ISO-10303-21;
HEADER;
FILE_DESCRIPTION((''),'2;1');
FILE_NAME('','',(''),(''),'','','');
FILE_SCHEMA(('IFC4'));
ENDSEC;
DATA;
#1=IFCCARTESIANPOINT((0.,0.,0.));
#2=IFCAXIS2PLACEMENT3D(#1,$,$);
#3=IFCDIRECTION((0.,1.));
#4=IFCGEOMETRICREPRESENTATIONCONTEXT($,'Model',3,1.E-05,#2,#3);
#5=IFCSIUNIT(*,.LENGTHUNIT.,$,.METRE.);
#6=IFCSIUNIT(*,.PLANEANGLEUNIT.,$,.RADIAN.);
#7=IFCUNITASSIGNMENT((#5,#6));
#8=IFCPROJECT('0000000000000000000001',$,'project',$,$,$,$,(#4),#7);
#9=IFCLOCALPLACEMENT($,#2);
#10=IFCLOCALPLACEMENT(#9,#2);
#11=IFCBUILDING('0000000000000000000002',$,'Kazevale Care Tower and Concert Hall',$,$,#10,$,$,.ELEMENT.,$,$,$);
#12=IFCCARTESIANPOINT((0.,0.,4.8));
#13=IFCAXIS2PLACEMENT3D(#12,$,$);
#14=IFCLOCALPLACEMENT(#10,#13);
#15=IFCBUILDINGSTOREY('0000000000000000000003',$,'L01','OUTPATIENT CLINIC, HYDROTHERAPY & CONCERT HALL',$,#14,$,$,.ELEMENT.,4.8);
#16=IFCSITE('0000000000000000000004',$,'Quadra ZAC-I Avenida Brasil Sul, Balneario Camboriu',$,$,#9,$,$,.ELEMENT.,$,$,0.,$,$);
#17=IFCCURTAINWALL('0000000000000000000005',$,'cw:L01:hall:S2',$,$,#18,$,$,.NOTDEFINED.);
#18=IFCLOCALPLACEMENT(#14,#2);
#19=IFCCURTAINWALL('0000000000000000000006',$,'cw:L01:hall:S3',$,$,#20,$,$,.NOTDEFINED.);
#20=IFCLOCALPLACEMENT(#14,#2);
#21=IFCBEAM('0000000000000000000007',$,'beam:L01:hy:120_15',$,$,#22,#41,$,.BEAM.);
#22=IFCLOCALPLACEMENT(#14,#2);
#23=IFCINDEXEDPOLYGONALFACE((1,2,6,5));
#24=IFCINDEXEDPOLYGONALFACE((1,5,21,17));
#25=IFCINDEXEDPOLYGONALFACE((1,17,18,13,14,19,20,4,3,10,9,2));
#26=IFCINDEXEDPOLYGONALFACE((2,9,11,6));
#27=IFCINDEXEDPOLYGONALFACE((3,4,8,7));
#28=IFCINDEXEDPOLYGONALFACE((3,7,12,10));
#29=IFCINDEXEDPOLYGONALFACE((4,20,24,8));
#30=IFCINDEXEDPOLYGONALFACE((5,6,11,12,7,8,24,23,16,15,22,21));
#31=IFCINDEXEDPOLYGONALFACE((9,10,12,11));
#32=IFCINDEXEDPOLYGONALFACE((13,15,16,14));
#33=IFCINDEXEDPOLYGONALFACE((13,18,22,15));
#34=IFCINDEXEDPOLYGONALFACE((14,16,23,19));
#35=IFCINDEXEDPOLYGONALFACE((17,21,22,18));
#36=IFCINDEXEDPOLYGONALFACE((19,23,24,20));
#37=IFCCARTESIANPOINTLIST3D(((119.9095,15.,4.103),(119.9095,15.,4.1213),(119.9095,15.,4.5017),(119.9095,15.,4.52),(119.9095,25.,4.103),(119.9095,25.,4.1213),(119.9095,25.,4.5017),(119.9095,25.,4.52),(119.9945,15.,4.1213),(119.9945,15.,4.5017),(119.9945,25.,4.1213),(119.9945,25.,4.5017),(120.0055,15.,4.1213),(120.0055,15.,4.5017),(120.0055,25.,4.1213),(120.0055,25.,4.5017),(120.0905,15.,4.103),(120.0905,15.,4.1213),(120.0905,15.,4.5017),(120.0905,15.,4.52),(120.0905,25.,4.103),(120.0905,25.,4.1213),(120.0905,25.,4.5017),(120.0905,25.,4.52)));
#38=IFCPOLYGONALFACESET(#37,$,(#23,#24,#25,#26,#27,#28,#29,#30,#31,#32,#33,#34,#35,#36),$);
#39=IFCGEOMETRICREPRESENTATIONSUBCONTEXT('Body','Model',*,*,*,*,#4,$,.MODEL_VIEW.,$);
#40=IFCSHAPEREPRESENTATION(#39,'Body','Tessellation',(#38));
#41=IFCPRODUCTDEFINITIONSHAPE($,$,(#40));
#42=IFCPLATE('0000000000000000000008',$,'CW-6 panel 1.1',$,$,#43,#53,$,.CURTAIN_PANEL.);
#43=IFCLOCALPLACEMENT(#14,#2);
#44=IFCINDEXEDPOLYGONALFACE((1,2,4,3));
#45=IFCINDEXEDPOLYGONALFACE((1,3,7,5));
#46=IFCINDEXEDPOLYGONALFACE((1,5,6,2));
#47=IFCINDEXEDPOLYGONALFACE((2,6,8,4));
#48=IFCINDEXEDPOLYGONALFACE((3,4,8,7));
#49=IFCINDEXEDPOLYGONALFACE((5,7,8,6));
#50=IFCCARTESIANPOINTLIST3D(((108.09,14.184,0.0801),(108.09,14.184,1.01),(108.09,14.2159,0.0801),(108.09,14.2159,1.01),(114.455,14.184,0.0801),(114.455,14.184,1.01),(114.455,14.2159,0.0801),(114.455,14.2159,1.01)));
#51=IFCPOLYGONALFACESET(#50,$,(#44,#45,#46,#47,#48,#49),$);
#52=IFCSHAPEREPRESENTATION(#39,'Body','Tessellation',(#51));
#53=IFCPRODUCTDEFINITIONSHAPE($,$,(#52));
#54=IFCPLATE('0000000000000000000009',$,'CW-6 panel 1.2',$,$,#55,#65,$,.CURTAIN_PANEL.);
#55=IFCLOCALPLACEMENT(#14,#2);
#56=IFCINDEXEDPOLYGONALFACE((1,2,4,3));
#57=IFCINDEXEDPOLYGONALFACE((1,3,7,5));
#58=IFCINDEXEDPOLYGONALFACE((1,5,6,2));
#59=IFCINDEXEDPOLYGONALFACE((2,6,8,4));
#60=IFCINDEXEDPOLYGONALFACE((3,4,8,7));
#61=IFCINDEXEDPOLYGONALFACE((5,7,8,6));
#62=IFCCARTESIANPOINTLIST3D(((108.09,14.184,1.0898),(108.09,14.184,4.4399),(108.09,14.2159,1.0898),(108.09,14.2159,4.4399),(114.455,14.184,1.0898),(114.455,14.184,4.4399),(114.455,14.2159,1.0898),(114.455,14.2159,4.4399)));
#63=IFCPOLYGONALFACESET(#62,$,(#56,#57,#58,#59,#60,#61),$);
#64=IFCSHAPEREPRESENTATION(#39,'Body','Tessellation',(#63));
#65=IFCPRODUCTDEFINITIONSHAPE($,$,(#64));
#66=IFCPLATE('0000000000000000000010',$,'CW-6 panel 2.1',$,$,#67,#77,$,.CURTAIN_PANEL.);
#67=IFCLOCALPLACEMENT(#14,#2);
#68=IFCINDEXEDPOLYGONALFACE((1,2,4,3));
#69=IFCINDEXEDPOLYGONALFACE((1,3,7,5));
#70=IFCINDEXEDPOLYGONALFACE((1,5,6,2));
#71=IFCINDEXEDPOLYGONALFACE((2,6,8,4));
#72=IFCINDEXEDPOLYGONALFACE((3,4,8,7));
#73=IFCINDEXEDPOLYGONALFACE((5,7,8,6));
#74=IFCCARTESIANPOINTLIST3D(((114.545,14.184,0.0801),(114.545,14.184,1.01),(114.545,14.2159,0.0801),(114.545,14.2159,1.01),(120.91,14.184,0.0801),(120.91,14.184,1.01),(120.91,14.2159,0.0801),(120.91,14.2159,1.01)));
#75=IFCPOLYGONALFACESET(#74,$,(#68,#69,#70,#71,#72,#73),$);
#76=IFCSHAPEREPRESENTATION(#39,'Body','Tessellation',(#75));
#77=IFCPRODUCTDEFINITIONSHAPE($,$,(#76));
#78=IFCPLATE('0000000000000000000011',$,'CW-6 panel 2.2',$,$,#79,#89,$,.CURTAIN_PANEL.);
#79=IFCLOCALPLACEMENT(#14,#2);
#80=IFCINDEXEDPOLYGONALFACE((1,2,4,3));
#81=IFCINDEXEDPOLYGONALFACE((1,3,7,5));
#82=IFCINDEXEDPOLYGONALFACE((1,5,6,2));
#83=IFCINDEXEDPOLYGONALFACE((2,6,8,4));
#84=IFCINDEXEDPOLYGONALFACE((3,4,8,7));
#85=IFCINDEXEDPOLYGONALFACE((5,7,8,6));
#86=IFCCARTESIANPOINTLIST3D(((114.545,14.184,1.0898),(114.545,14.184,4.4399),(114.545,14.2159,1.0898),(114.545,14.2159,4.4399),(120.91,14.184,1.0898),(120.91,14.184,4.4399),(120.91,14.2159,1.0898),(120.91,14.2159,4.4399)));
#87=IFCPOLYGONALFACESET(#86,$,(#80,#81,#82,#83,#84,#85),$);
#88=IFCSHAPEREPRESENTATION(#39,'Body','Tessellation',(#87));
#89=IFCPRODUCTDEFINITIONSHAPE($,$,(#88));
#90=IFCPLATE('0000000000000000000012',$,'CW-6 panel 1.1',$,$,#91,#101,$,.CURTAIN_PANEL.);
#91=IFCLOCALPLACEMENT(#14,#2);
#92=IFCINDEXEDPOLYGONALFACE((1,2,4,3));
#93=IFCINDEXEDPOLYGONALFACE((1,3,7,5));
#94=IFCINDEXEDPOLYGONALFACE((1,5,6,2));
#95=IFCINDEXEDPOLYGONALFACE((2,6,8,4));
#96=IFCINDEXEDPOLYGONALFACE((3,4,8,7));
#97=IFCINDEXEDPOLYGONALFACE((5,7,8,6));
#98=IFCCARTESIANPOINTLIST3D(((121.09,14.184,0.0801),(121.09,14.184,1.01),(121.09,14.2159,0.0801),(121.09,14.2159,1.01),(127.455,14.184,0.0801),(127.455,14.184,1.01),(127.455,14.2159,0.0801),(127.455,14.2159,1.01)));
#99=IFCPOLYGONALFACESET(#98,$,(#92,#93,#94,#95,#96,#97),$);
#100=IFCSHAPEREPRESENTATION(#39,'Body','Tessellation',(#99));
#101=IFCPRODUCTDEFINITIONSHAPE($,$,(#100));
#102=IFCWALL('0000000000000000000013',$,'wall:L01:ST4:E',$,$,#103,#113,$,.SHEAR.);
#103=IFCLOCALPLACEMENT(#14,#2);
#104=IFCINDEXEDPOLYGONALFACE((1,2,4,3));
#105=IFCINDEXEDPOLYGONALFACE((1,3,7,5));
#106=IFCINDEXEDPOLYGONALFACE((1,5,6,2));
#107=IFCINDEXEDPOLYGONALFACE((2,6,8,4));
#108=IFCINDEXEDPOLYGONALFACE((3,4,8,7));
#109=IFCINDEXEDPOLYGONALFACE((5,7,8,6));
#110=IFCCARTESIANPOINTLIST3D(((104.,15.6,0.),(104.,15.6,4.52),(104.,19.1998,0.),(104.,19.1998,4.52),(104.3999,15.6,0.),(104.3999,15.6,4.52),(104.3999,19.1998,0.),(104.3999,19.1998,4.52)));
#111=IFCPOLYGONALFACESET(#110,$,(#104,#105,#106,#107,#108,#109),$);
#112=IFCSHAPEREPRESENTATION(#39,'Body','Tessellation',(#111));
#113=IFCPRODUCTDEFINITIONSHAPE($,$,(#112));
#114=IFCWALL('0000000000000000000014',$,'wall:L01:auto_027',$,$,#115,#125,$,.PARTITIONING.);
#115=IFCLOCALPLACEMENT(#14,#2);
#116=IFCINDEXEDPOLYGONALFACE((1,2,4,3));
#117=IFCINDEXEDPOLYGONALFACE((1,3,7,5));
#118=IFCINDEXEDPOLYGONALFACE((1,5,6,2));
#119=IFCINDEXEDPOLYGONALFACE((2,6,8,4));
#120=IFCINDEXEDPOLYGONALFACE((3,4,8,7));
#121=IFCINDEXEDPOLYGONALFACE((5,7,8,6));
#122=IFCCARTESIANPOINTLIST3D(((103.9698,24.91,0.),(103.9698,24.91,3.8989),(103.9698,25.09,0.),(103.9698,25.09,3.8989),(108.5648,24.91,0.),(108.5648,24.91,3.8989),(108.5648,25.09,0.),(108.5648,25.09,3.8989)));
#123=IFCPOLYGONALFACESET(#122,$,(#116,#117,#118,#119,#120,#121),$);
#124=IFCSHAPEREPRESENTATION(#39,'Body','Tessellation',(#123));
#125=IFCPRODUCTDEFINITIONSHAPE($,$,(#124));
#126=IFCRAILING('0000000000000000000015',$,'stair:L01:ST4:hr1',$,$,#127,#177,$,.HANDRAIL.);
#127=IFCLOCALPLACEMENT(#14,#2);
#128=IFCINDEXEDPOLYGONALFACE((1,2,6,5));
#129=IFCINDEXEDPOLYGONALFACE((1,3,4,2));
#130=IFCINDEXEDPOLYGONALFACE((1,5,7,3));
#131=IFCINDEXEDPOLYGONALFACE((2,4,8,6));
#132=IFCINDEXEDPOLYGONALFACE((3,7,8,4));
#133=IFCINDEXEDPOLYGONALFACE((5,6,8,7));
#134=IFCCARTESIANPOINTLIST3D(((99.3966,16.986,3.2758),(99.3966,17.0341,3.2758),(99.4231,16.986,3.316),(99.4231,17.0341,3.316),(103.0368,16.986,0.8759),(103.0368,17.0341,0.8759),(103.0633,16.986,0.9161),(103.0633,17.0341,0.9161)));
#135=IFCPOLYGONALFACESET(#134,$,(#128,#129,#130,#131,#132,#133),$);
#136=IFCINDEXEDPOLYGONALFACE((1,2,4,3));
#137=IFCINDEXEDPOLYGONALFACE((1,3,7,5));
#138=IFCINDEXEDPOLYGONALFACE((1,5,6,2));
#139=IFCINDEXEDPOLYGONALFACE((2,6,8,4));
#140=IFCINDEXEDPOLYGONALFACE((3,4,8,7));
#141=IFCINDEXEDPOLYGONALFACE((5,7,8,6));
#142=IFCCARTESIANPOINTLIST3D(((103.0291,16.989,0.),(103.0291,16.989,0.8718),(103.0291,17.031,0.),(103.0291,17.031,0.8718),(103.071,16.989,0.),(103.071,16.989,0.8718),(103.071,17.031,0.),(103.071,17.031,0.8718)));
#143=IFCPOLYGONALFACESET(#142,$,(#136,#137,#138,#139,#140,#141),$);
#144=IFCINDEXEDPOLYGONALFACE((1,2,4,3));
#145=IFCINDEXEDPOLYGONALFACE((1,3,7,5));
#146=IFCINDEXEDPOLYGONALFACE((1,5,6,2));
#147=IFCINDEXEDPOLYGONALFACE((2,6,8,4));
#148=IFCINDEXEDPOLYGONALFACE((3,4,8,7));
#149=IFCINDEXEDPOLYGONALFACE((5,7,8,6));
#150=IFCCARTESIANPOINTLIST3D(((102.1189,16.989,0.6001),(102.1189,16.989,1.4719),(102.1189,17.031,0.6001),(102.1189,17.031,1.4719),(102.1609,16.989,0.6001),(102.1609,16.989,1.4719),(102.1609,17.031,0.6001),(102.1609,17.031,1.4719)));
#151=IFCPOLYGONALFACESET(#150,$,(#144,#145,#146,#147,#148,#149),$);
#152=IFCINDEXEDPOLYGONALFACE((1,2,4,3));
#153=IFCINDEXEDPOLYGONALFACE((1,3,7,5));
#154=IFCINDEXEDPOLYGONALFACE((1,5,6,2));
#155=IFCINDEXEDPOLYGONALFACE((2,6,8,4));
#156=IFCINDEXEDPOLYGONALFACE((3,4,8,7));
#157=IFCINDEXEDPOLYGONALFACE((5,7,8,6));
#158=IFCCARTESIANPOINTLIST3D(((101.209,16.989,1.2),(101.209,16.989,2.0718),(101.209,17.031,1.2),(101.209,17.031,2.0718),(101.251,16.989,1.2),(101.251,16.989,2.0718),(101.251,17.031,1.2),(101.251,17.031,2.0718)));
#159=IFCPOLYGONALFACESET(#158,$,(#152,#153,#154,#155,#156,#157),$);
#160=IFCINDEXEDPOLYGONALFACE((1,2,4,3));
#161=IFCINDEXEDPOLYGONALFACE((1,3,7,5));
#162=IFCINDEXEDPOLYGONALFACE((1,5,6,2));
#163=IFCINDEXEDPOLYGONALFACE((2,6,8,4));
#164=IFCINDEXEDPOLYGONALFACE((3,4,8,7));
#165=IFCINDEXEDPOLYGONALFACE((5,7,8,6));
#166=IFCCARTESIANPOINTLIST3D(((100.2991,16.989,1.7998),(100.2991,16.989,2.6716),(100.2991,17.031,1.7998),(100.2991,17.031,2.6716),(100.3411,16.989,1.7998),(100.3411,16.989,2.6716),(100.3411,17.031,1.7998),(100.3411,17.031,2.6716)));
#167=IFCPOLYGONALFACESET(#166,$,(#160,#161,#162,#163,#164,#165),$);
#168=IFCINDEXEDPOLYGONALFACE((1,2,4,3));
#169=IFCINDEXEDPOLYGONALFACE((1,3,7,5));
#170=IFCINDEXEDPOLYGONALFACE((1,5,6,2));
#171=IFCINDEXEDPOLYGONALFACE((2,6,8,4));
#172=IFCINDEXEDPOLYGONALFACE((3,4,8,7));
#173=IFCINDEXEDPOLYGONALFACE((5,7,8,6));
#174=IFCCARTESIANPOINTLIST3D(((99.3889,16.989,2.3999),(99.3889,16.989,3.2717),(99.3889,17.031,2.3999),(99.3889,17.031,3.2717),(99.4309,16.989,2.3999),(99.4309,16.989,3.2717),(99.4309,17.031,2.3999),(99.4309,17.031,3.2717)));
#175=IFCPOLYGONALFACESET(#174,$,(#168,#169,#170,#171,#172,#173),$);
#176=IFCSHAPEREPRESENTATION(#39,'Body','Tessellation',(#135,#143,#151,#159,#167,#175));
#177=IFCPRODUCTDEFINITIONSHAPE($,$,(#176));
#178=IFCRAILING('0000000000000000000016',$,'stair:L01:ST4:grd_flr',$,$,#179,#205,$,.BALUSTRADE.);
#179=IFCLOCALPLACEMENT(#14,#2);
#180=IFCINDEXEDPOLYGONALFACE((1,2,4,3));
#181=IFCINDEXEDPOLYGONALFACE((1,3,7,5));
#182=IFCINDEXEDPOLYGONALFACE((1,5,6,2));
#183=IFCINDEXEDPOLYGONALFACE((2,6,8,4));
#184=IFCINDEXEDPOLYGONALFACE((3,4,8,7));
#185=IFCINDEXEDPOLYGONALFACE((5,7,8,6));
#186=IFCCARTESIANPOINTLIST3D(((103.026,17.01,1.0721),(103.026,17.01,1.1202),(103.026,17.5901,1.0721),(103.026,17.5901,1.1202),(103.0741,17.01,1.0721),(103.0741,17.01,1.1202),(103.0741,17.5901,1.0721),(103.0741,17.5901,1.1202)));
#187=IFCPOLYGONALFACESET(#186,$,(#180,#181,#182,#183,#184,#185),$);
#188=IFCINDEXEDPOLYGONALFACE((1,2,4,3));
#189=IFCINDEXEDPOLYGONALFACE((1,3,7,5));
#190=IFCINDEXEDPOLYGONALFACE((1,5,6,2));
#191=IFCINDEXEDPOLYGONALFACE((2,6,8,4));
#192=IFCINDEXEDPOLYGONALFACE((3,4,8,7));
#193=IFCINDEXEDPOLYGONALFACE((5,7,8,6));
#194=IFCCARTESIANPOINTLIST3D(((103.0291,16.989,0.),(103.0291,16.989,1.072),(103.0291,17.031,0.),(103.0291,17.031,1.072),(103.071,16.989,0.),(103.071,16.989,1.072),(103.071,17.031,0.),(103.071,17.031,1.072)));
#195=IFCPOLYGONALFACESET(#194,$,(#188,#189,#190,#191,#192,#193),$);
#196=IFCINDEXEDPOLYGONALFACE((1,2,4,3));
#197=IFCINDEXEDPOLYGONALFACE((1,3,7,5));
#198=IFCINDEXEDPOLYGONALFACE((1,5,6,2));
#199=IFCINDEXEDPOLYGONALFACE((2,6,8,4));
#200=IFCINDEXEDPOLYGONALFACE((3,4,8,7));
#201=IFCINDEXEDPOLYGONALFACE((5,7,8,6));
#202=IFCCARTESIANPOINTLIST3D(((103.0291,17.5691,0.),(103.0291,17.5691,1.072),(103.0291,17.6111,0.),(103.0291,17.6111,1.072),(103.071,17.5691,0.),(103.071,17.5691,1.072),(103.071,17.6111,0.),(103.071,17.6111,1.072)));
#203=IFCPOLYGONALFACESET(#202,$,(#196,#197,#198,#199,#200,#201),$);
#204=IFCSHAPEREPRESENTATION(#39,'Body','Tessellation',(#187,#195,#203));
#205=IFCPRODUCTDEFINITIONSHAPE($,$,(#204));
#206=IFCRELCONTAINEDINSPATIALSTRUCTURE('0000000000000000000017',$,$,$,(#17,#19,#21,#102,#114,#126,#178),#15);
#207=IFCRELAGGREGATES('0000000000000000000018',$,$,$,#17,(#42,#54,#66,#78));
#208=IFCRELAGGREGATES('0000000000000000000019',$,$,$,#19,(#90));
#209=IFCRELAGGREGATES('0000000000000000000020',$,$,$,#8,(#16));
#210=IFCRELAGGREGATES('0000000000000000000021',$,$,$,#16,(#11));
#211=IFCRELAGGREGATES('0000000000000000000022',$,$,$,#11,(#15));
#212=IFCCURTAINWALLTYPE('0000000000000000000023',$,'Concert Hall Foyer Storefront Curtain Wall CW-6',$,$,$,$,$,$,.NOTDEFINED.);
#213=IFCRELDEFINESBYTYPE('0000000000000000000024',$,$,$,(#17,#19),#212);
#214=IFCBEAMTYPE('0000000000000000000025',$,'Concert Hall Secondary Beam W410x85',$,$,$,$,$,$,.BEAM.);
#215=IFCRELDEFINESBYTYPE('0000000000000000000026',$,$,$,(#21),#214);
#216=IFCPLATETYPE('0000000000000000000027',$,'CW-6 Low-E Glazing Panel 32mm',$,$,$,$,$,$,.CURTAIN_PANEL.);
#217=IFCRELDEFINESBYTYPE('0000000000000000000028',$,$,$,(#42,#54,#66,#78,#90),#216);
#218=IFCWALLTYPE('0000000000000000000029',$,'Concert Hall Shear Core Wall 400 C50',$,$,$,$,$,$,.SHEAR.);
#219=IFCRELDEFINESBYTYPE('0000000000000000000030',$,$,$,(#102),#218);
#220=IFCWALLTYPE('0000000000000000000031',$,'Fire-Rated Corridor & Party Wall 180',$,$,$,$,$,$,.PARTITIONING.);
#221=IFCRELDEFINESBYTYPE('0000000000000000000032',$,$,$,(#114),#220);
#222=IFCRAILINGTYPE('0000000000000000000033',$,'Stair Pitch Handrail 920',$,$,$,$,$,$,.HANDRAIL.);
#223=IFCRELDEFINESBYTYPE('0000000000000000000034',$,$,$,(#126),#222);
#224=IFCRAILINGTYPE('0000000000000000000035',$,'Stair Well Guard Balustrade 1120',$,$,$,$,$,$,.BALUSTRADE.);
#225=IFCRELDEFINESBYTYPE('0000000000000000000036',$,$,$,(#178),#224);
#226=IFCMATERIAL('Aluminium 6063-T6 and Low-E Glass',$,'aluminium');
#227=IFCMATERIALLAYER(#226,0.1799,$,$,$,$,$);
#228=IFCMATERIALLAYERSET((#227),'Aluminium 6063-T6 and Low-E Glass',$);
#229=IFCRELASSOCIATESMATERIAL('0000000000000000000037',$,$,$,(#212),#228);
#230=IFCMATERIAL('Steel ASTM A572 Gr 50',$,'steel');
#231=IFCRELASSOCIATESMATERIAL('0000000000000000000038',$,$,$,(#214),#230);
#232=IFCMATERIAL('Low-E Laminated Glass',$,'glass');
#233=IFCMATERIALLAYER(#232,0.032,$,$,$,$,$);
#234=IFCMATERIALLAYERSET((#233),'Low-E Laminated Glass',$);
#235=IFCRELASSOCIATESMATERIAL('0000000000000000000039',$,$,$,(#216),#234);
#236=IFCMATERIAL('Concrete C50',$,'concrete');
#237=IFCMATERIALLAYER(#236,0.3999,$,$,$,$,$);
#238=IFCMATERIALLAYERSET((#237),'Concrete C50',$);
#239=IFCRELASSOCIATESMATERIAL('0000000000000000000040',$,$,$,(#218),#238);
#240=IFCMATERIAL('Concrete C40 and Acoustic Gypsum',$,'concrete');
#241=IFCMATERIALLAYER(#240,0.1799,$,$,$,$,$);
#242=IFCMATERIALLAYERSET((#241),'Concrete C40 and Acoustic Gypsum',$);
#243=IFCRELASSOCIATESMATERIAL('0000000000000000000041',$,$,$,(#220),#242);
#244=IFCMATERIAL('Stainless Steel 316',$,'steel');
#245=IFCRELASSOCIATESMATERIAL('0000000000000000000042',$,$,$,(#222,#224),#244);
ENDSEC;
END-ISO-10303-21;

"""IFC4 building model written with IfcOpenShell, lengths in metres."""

from ifc_helpers import new_model, si_unit, direction, frame, frame_2d, origin, origin_2d, place, context, subcontext, project, spatial, rectangle, i_section, extrude, material, layer, layer_set, material_profile, profile_set, type_object, element, aggregate, save


model = new_model("IFC4")

# Units and contexts
model_context = context("Model", 3, precision=1e-05, world=origin(), true_north=direction((0.0, 1.0)))
body_context = subcontext(model_context, "Body", "Model", "MODEL_VIEW")
ifc_project = project(units=[si_unit("LENGTHUNIT", "METRE"), si_unit("PLANEANGLEUNIT", "RADIAN")], contexts=[model_context])

# Site, building, storey
site_placement = place(None, origin())
site = spatial("IfcSite", under=ifc_project, at=site_placement, Name="Quadra ZAC-I Avenida Brasil Sul, Balneario Camboriu", CompositionType="ELEMENT", RefElevation=0.0)
building_placement = place(site_placement, origin())
building = spatial("IfcBuilding", under=site, at=building_placement, Name="Kazevale Care Tower and Concert Hall", CompositionType="ELEMENT")
storey_placement = place(building_placement, frame((0.0, 0.0, 4.8)))
storey = spatial("IfcBuildingStorey", under=building, at=storey_placement, Name="L01", Description="OUTPATIENT CLINIC, HYDROTHERAPY & CONCERT HALL", CompositionType="ELEMENT", Elevation=4.8)

# Shared definitions
ifc_material_1 = material(Name="Concrete C50", Category="concrete")

# Curtain wall
ifc_material_2 = material(Name="Aluminium 6063-T6 and Low-E Glass", Category="aluminium")
ifc_layer_1 = layer(ifc_material_2, 0.1799)
ifc_layer_set_1 = layer_set([ifc_layer_1], Name="Aluminium 6063-T6 and Low-E Glass")
curtain_wall_type = type_object("IfcCurtainWallType", Name="Concert Hall Foyer Storefront Curtain Wall CW-6", PredefinedType="NOTDEFINED", material=ifc_layer_set_1)
curtain_wall_1_placement = place(storey_placement, origin())
curtain_wall_1 = element("IfcCurtainWall", 1, at=curtain_wall_1_placement, inside=storey, type_object=curtain_wall_type, Name="cw:L01:hall:S2", PredefinedType="NOTDEFINED")

# Curtain wall
curtain_wall_2_placement = place(storey_placement, origin())
curtain_wall_2 = element("IfcCurtainWall", 2, at=curtain_wall_2_placement, inside=storey, type_object=curtain_wall_type, Name="cw:L01:hall:S3", PredefinedType="NOTDEFINED")

# Beam
ifc_material_3 = material(Name="Steel ASTM A572 Gr 50", Category="steel")
ifc_material_profile_1 = material_profile(ifc_material_3, i_section(OverallWidth=0.1809, OverallDepth=0.417, WebThickness=0.011, FlangeThickness=0.0183, at=origin_2d()), Name="W410x85")
ifc_profile_set_1 = profile_set([ifc_material_profile_1], Name="Steel ASTM A572 Gr 50")
beam_type_1 = type_object("IfcBeamType", Name="Concert Hall Secondary Beam W410x85", PredefinedType="BEAM", material=ifc_profile_set_1)
for number, where, z_axis, x_axis, name in (
    (3, (120.0, 15.0, 4.3115), (0.0, 1.0, 0.0), (-1.0, 0.0, 0.0), "beam:L01:hy:120_15"),
):
    element("IfcBeam", number, at=place(storey_placement, frame(where, z_axis=z_axis, x_axis=x_axis)), inside=storey, type_object=beam_type_1, Name=name, PredefinedType="BEAM", context=body_context, shape_type="SweptSolid", body=[
        extrude(i_section(OverallWidth=0.1809, OverallDepth=0.417, WebThickness=0.011, FlangeThickness=0.0183, at=origin_2d()), origin(), (0.0, 0.0, 1.0), 10.0),
    ])

# Plates
ifc_material_4 = material(Name="Low-E Laminated Glass", Category="glass")
ifc_layer_2 = layer(ifc_material_4, 0.032)
ifc_layer_set_2 = layer_set([ifc_layer_2], Name="Low-E Laminated Glass")
plate_type = type_object("IfcPlateType", Name="CW-6 Low-E Glazing Panel 32mm", PredefinedType="CURTAIN_PANEL", material=ifc_layer_set_2)
plate_1_placement = place(storey_placement, frame((111.2725, 14.2, 0.0801), z_axis=(0.0, 0.0, 1.0), x_axis=(1.0, 0.0, 0.0)))
plate_1 = element("IfcPlate", 4, at=plate_1_placement, type_object=plate_type, Name="CW-6 panel 1.1", PredefinedType="CURTAIN_PANEL", context=body_context, shape_type="SweptSolid", body=[
    extrude(rectangle(XDim=6.365, YDim=0.032, at=origin_2d()), origin(), (0.0, 0.0, 1.0), 0.9299),
])
plate_2_placement = place(storey_placement, frame((111.2725, 14.2, 1.0898), z_axis=(0.0, 0.0, 1.0), x_axis=(1.0, 0.0, 0.0)))
plate_2 = element("IfcPlate", 5, at=plate_2_placement, type_object=plate_type, Name="CW-6 panel 1.2", PredefinedType="CURTAIN_PANEL", context=body_context, shape_type="SweptSolid", body=[
    extrude(rectangle(XDim=6.365, YDim=0.032, at=origin_2d()), origin(), (0.0, 0.0, 1.0), 3.3501),
])
plate_3_placement = place(storey_placement, frame((117.7275, 14.2, 0.0801), z_axis=(0.0, 0.0, 1.0), x_axis=(1.0, 0.0, 0.0)))
plate_3 = element("IfcPlate", 6, at=plate_3_placement, type_object=plate_type, Name="CW-6 panel 2.1", PredefinedType="CURTAIN_PANEL", context=body_context, shape_type="SweptSolid", body=[
    extrude(rectangle(XDim=6.365, YDim=0.032, at=origin_2d()), origin(), (0.0, 0.0, 1.0), 0.9299),
])
plate_4_placement = place(storey_placement, frame((117.7275, 14.2, 1.0898), z_axis=(0.0, 0.0, 1.0), x_axis=(1.0, 0.0, 0.0)))
plate_4 = element("IfcPlate", 7, at=plate_4_placement, type_object=plate_type, Name="CW-6 panel 2.2", PredefinedType="CURTAIN_PANEL", context=body_context, shape_type="SweptSolid", body=[
    extrude(rectangle(XDim=6.365, YDim=0.032, at=origin_2d()), origin(), (0.0, 0.0, 1.0), 3.3501),
])
aggregate(curtain_wall_1, [plate_1, plate_2, plate_3, plate_4])
plate_5_placement = place(storey_placement, frame((124.2725, 14.2, 0.0801), z_axis=(0.0, 0.0, 1.0), x_axis=(1.0, 0.0, 0.0)))
plate_5 = element("IfcPlate", 8, at=plate_5_placement, type_object=plate_type, Name="CW-6 panel 1.1", PredefinedType="CURTAIN_PANEL", context=body_context, shape_type="SweptSolid", body=[
    extrude(rectangle(XDim=6.365, YDim=0.032, at=origin_2d()), origin(), (0.0, 0.0, 1.0), 0.9299),
])
aggregate(curtain_wall_2, [plate_5])

# Walls
ifc_layer_3 = layer(ifc_material_1, 0.3999)
ifc_layer_set_3 = layer_set([ifc_layer_3], Name="Concrete C50")
wall_type_1 = type_object("IfcWallType", Name="Concert Hall Shear Core Wall 400 C50", PredefinedType="SHEAR", material=ifc_layer_set_3)
wall_1_placement = place(storey_placement, frame((104.2, 15.6001, 0.0), z_axis=(0.0, 0.0, 1.0), x_axis=(0.0, 1.0, 0.0)))
element("IfcWall", 9, at=wall_1_placement, inside=storey, type_object=wall_type_1, Name="wall:L01:ST4:E", PredefinedType="SHEAR", context=body_context, shape_type="SweptSolid", body=[
    extrude(rectangle(XDim=3.5999, YDim=0.3999, at=frame_2d((1.7998, 0.0))), origin(), (0.0, 0.0, 1.0), 4.52),
])
ifc_material_5 = material(Name="Concrete C40 and Acoustic Gypsum", Category="concrete")
ifc_layer_4 = layer(ifc_material_5, 0.1799)
ifc_layer_set_4 = layer_set([ifc_layer_4], Name="Concrete C40 and Acoustic Gypsum")
wall_type_2 = type_object("IfcWallType", Name="Fire-Rated Corridor & Party Wall 180", PredefinedType="PARTITIONING", material=ifc_layer_set_4)
wall_2_placement = place(storey_placement, frame((103.97, 25.0, 0.0), z_axis=(0.0, 0.0, 1.0), x_axis=(1.0, 0.0, 0.0)))
element("IfcWall", 10, at=wall_2_placement, inside=storey, type_object=wall_type_2, Name="wall:L01:auto_027", PredefinedType="PARTITIONING", context=body_context, shape_type="SweptSolid", body=[
    extrude(rectangle(XDim=4.595, YDim=0.1799, at=frame_2d((2.2974, 0.0))), origin(), (0.0, 0.0, 1.0), 3.8989),
])

# Railings
ifc_material_6 = material(Name="Stainless Steel 316", Category="steel")
railing_type_1 = type_object("IfcRailingType", Name="Stair Pitch Handrail 920", PredefinedType="HANDRAIL", material=ifc_material_6)
railing_1_placement = place(storey_placement, frame((103.05, 17.01, 0.0)))
element("IfcRailing", 11, at=railing_1_placement, inside=storey, type_object=railing_type_1, Name="stair:L01:ST4:hr1", PredefinedType="HANDRAIL", context=body_context, shape_type="SweptSolid", body=[
    extrude(rectangle(XDim=0.0481, YDim=0.0481, at=origin_2d()), frame((0.0, 0.0, 0.896), z_axis=(-0.834882, 0.0, 0.550429), x_axis=(0.0, -1.0, 0.0)), (0.0, 0.0, 1.0), 4.3601),
    extrude(rectangle(XDim=0.042, YDim=0.042, at=origin_2d()), origin(), (0.0, 0.0, 1.0), 0.8718),
    extrude(rectangle(XDim=0.042, YDim=0.042, at=origin_2d()), frame((-0.9102, 0.0, 0.6001)), (0.0, 0.0, 1.0), 0.8718),
    extrude(rectangle(XDim=0.042, YDim=0.042, at=origin_2d()), frame((-1.8201, 0.0, 1.2)), (0.0, 0.0, 1.0), 0.8718),
    extrude(rectangle(XDim=0.042, YDim=0.042, at=origin_2d()), frame((-2.73, 0.0, 1.7998)), (0.0, 0.0, 1.0), 0.8718),
    extrude(rectangle(XDim=0.042, YDim=0.042, at=origin_2d()), frame((-3.6401, 0.0, 2.3999)), (0.0, 0.0, 1.0), 0.8718),
])
railing_type_2 = type_object("IfcRailingType", Name="Stair Well Guard Balustrade 1120", PredefinedType="BALUSTRADE", material=ifc_material_6)
railing_2_placement = place(storey_placement, frame((103.05, 17.01, 0.0)))
element("IfcRailing", 12, at=railing_2_placement, inside=storey, type_object=railing_type_2, Name="stair:L01:ST4:grd_flr", PredefinedType="BALUSTRADE", context=body_context, shape_type="SweptSolid", body=[
    extrude(rectangle(XDim=0.0481, YDim=0.0481, at=origin_2d()), frame((0.0, 0.0, 1.0962), z_axis=(0.0, 1.0, 0.0), x_axis=(-1.0, 0.0, 0.0)), (0.0, 0.0, 1.0), 0.5801),
    extrude(rectangle(XDim=0.042, YDim=0.042, at=origin_2d()), origin(), (0.0, 0.0, 1.0), 1.072),
    extrude(rectangle(XDim=0.042, YDim=0.042, at=origin_2d()), frame((0.0, 0.5801, 0.0)), (0.0, 0.0, 1.0), 1.072),
])

save(model, "model.ifc")
